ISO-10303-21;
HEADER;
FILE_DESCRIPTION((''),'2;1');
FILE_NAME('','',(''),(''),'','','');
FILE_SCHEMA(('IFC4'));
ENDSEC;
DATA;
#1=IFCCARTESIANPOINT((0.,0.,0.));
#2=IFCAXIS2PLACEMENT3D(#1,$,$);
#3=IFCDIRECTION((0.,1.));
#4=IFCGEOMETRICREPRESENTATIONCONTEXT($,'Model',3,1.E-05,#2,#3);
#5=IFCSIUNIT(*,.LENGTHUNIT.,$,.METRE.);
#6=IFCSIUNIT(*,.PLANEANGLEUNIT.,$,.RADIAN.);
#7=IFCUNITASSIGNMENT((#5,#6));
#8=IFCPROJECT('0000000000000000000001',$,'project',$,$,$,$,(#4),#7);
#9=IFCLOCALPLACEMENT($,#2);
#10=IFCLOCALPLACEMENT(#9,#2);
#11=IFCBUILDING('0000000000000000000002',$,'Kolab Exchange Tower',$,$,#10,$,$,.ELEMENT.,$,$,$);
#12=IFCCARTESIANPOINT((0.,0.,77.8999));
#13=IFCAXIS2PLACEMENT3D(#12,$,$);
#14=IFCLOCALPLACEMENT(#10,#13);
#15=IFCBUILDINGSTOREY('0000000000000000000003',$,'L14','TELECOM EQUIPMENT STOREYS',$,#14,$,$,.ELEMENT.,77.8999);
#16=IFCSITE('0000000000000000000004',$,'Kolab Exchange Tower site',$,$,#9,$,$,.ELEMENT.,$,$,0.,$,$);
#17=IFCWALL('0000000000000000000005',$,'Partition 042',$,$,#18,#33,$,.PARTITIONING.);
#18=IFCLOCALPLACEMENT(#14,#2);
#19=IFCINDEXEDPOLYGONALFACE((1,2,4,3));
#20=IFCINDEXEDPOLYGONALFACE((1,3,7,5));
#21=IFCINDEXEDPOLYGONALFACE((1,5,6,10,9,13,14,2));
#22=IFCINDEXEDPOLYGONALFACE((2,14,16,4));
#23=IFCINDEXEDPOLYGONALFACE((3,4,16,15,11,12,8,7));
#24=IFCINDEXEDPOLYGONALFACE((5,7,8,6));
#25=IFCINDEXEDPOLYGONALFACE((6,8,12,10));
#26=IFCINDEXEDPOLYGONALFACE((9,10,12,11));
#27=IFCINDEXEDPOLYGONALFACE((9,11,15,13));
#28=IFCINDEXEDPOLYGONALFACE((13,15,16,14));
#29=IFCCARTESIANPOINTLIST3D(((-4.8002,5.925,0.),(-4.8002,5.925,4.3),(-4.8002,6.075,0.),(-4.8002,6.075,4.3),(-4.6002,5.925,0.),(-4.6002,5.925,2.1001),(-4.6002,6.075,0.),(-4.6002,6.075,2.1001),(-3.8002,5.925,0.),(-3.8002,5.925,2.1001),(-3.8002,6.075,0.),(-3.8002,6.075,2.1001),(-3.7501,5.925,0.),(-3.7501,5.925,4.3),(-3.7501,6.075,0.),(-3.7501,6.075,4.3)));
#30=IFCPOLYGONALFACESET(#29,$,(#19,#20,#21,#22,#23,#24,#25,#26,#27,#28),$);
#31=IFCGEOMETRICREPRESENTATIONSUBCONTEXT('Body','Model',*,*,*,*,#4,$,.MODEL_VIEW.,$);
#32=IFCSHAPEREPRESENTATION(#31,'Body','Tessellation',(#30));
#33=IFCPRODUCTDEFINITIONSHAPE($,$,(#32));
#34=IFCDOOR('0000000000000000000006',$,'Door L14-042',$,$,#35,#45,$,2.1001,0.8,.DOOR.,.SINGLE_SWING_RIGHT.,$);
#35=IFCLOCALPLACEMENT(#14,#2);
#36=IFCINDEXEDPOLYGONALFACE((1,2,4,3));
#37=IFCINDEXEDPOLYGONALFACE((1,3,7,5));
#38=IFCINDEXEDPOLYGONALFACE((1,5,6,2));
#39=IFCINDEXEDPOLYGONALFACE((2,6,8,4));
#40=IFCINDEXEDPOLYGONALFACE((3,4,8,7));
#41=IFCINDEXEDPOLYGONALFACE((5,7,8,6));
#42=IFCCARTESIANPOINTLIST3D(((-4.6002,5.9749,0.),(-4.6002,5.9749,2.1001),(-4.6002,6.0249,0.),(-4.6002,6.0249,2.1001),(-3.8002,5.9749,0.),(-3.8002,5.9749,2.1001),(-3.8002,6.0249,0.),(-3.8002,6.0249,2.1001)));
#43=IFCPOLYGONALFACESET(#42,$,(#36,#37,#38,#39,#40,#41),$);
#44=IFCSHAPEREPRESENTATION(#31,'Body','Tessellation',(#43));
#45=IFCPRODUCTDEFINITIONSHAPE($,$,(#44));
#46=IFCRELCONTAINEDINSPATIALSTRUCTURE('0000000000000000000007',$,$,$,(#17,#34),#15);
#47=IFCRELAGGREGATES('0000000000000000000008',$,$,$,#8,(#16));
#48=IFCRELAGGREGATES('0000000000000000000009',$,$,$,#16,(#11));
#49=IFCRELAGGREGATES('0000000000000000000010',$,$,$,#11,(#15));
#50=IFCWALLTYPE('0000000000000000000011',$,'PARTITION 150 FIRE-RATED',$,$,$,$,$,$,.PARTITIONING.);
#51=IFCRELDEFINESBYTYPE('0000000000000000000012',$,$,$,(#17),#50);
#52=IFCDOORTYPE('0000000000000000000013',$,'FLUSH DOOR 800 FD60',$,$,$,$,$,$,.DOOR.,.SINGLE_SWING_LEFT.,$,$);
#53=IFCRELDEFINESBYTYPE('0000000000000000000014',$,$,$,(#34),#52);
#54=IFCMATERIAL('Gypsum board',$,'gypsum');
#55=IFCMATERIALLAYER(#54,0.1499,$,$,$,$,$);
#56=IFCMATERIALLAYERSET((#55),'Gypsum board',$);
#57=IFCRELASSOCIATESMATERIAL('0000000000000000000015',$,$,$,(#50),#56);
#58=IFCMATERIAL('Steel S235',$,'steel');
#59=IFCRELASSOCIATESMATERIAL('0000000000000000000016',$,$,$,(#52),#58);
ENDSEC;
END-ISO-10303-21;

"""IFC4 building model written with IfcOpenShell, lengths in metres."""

from ifc_helpers import new_model, si_unit, direction, frame, frame_2d, origin, place, context, subcontext, project, spatial, rectangle, extrude, material, layer, layer_set, type_object, element, fill, save


model = new_model("IFC4")

# Units and contexts
model_context = context("Model", 3, precision=1e-05, world=origin(), true_north=direction((0.0, 1.0)))
body_context = subcontext(model_context, "Body", "Model", "MODEL_VIEW")
ifc_project = project(units=[si_unit("LENGTHUNIT", "METRE"), si_unit("PLANEANGLEUNIT", "RADIAN")], contexts=[model_context])

# Site, building, storey
site_placement = place(None, origin())
site = spatial("IfcSite", under=ifc_project, at=site_placement, Name="Kolab Exchange Tower site", CompositionType="ELEMENT", RefElevation=0.0)
building_placement = place(site_placement, origin())
building = spatial("IfcBuilding", under=site, at=building_placement, Name="Kolab Exchange Tower", CompositionType="ELEMENT")
storey_placement = place(building_placement, frame((0.0, 0.0, 77.8999)))
storey = spatial("IfcBuildingStorey", under=building, at=storey_placement, Name="L14", Description="TELECOM EQUIPMENT STOREYS", CompositionType="ELEMENT", Elevation=77.8999)

# Shared definitions
ifc_material_1 = material(Name="Steel S235", Category="steel")

# Wall, opening, door
ifc_material_2 = material(Name="Gypsum board", Category="gypsum")
ifc_layer_1 = layer(ifc_material_2, 0.1499)
ifc_layer_set_1 = layer_set([ifc_layer_1], Name="Gypsum board")
wall_type_1 = type_object("IfcWallType", Name="PARTITION 150 FIRE-RATED", PredefinedType="PARTITIONING", material=ifc_layer_set_1)
wall_1_placement = place(storey_placement, frame((-4.8, 6.0, 0.0), z_axis=(0.0, 0.0, 1.0), x_axis=(1.0, 0.0, 0.0)))
wall_1 = element("IfcWall", 1, at=wall_1_placement, inside=storey, type_object=wall_type_1, Name="Partition 042", PredefinedType="PARTITIONING", context=body_context, shape_type="SweptSolid", body=[
    extrude(rectangle(XDim=1.05, YDim=0.1499, at=frame_2d((0.5249, 0.0))), origin(), (0.0, 0.0, 1.0), 4.3),
])
opening_1_placement = place(wall_1_placement, frame((0.2, 0.0, 0.0)))
opening_1 = element("IfcOpeningElement", 2, at=opening_1_placement, cuts=wall_1, PredefinedType="OPENING", context=body_context, shape_type="SweptSolid", body=[
    extrude(rectangle(XDim=0.8, YDim=2.1001, at=frame_2d((0.3999, 1.05))), frame((0.0, 0.085, 0.0), z_axis=(0.0, -1.0, 0.0), x_axis=(1.0, 0.0, 0.0)), (0.0, 0.0, 1.0), 0.1699),
])
door_type_1 = type_object("IfcDoorType", Name="FLUSH DOOR 800 FD60", OperationType="SINGLE_SWING_LEFT", PredefinedType="DOOR", material=ifc_material_1)
door_1_placement = place(opening_1_placement, origin())
door_1 = element("IfcDoor", 3, at=door_1_placement, inside=storey, type_object=door_type_1, Name="Door L14-042", OperationType="SINGLE_SWING_RIGHT", OverallHeight=2.1001, OverallWidth=0.8, PredefinedType="DOOR", context=body_context, shape_type="SweptSolid", body=[
    extrude(rectangle(XDim=0.8, YDim=2.1001, at=frame_2d((0.3999, 1.05))), frame((0.0, 0.0249, 0.0), z_axis=(0.0, -1.0, 0.0), x_axis=(1.0, 0.0, 0.0)), (0.0, 0.0, 1.0), 0.05),
])
fill(opening_1, door_1)

save(model, "model.ifc")
